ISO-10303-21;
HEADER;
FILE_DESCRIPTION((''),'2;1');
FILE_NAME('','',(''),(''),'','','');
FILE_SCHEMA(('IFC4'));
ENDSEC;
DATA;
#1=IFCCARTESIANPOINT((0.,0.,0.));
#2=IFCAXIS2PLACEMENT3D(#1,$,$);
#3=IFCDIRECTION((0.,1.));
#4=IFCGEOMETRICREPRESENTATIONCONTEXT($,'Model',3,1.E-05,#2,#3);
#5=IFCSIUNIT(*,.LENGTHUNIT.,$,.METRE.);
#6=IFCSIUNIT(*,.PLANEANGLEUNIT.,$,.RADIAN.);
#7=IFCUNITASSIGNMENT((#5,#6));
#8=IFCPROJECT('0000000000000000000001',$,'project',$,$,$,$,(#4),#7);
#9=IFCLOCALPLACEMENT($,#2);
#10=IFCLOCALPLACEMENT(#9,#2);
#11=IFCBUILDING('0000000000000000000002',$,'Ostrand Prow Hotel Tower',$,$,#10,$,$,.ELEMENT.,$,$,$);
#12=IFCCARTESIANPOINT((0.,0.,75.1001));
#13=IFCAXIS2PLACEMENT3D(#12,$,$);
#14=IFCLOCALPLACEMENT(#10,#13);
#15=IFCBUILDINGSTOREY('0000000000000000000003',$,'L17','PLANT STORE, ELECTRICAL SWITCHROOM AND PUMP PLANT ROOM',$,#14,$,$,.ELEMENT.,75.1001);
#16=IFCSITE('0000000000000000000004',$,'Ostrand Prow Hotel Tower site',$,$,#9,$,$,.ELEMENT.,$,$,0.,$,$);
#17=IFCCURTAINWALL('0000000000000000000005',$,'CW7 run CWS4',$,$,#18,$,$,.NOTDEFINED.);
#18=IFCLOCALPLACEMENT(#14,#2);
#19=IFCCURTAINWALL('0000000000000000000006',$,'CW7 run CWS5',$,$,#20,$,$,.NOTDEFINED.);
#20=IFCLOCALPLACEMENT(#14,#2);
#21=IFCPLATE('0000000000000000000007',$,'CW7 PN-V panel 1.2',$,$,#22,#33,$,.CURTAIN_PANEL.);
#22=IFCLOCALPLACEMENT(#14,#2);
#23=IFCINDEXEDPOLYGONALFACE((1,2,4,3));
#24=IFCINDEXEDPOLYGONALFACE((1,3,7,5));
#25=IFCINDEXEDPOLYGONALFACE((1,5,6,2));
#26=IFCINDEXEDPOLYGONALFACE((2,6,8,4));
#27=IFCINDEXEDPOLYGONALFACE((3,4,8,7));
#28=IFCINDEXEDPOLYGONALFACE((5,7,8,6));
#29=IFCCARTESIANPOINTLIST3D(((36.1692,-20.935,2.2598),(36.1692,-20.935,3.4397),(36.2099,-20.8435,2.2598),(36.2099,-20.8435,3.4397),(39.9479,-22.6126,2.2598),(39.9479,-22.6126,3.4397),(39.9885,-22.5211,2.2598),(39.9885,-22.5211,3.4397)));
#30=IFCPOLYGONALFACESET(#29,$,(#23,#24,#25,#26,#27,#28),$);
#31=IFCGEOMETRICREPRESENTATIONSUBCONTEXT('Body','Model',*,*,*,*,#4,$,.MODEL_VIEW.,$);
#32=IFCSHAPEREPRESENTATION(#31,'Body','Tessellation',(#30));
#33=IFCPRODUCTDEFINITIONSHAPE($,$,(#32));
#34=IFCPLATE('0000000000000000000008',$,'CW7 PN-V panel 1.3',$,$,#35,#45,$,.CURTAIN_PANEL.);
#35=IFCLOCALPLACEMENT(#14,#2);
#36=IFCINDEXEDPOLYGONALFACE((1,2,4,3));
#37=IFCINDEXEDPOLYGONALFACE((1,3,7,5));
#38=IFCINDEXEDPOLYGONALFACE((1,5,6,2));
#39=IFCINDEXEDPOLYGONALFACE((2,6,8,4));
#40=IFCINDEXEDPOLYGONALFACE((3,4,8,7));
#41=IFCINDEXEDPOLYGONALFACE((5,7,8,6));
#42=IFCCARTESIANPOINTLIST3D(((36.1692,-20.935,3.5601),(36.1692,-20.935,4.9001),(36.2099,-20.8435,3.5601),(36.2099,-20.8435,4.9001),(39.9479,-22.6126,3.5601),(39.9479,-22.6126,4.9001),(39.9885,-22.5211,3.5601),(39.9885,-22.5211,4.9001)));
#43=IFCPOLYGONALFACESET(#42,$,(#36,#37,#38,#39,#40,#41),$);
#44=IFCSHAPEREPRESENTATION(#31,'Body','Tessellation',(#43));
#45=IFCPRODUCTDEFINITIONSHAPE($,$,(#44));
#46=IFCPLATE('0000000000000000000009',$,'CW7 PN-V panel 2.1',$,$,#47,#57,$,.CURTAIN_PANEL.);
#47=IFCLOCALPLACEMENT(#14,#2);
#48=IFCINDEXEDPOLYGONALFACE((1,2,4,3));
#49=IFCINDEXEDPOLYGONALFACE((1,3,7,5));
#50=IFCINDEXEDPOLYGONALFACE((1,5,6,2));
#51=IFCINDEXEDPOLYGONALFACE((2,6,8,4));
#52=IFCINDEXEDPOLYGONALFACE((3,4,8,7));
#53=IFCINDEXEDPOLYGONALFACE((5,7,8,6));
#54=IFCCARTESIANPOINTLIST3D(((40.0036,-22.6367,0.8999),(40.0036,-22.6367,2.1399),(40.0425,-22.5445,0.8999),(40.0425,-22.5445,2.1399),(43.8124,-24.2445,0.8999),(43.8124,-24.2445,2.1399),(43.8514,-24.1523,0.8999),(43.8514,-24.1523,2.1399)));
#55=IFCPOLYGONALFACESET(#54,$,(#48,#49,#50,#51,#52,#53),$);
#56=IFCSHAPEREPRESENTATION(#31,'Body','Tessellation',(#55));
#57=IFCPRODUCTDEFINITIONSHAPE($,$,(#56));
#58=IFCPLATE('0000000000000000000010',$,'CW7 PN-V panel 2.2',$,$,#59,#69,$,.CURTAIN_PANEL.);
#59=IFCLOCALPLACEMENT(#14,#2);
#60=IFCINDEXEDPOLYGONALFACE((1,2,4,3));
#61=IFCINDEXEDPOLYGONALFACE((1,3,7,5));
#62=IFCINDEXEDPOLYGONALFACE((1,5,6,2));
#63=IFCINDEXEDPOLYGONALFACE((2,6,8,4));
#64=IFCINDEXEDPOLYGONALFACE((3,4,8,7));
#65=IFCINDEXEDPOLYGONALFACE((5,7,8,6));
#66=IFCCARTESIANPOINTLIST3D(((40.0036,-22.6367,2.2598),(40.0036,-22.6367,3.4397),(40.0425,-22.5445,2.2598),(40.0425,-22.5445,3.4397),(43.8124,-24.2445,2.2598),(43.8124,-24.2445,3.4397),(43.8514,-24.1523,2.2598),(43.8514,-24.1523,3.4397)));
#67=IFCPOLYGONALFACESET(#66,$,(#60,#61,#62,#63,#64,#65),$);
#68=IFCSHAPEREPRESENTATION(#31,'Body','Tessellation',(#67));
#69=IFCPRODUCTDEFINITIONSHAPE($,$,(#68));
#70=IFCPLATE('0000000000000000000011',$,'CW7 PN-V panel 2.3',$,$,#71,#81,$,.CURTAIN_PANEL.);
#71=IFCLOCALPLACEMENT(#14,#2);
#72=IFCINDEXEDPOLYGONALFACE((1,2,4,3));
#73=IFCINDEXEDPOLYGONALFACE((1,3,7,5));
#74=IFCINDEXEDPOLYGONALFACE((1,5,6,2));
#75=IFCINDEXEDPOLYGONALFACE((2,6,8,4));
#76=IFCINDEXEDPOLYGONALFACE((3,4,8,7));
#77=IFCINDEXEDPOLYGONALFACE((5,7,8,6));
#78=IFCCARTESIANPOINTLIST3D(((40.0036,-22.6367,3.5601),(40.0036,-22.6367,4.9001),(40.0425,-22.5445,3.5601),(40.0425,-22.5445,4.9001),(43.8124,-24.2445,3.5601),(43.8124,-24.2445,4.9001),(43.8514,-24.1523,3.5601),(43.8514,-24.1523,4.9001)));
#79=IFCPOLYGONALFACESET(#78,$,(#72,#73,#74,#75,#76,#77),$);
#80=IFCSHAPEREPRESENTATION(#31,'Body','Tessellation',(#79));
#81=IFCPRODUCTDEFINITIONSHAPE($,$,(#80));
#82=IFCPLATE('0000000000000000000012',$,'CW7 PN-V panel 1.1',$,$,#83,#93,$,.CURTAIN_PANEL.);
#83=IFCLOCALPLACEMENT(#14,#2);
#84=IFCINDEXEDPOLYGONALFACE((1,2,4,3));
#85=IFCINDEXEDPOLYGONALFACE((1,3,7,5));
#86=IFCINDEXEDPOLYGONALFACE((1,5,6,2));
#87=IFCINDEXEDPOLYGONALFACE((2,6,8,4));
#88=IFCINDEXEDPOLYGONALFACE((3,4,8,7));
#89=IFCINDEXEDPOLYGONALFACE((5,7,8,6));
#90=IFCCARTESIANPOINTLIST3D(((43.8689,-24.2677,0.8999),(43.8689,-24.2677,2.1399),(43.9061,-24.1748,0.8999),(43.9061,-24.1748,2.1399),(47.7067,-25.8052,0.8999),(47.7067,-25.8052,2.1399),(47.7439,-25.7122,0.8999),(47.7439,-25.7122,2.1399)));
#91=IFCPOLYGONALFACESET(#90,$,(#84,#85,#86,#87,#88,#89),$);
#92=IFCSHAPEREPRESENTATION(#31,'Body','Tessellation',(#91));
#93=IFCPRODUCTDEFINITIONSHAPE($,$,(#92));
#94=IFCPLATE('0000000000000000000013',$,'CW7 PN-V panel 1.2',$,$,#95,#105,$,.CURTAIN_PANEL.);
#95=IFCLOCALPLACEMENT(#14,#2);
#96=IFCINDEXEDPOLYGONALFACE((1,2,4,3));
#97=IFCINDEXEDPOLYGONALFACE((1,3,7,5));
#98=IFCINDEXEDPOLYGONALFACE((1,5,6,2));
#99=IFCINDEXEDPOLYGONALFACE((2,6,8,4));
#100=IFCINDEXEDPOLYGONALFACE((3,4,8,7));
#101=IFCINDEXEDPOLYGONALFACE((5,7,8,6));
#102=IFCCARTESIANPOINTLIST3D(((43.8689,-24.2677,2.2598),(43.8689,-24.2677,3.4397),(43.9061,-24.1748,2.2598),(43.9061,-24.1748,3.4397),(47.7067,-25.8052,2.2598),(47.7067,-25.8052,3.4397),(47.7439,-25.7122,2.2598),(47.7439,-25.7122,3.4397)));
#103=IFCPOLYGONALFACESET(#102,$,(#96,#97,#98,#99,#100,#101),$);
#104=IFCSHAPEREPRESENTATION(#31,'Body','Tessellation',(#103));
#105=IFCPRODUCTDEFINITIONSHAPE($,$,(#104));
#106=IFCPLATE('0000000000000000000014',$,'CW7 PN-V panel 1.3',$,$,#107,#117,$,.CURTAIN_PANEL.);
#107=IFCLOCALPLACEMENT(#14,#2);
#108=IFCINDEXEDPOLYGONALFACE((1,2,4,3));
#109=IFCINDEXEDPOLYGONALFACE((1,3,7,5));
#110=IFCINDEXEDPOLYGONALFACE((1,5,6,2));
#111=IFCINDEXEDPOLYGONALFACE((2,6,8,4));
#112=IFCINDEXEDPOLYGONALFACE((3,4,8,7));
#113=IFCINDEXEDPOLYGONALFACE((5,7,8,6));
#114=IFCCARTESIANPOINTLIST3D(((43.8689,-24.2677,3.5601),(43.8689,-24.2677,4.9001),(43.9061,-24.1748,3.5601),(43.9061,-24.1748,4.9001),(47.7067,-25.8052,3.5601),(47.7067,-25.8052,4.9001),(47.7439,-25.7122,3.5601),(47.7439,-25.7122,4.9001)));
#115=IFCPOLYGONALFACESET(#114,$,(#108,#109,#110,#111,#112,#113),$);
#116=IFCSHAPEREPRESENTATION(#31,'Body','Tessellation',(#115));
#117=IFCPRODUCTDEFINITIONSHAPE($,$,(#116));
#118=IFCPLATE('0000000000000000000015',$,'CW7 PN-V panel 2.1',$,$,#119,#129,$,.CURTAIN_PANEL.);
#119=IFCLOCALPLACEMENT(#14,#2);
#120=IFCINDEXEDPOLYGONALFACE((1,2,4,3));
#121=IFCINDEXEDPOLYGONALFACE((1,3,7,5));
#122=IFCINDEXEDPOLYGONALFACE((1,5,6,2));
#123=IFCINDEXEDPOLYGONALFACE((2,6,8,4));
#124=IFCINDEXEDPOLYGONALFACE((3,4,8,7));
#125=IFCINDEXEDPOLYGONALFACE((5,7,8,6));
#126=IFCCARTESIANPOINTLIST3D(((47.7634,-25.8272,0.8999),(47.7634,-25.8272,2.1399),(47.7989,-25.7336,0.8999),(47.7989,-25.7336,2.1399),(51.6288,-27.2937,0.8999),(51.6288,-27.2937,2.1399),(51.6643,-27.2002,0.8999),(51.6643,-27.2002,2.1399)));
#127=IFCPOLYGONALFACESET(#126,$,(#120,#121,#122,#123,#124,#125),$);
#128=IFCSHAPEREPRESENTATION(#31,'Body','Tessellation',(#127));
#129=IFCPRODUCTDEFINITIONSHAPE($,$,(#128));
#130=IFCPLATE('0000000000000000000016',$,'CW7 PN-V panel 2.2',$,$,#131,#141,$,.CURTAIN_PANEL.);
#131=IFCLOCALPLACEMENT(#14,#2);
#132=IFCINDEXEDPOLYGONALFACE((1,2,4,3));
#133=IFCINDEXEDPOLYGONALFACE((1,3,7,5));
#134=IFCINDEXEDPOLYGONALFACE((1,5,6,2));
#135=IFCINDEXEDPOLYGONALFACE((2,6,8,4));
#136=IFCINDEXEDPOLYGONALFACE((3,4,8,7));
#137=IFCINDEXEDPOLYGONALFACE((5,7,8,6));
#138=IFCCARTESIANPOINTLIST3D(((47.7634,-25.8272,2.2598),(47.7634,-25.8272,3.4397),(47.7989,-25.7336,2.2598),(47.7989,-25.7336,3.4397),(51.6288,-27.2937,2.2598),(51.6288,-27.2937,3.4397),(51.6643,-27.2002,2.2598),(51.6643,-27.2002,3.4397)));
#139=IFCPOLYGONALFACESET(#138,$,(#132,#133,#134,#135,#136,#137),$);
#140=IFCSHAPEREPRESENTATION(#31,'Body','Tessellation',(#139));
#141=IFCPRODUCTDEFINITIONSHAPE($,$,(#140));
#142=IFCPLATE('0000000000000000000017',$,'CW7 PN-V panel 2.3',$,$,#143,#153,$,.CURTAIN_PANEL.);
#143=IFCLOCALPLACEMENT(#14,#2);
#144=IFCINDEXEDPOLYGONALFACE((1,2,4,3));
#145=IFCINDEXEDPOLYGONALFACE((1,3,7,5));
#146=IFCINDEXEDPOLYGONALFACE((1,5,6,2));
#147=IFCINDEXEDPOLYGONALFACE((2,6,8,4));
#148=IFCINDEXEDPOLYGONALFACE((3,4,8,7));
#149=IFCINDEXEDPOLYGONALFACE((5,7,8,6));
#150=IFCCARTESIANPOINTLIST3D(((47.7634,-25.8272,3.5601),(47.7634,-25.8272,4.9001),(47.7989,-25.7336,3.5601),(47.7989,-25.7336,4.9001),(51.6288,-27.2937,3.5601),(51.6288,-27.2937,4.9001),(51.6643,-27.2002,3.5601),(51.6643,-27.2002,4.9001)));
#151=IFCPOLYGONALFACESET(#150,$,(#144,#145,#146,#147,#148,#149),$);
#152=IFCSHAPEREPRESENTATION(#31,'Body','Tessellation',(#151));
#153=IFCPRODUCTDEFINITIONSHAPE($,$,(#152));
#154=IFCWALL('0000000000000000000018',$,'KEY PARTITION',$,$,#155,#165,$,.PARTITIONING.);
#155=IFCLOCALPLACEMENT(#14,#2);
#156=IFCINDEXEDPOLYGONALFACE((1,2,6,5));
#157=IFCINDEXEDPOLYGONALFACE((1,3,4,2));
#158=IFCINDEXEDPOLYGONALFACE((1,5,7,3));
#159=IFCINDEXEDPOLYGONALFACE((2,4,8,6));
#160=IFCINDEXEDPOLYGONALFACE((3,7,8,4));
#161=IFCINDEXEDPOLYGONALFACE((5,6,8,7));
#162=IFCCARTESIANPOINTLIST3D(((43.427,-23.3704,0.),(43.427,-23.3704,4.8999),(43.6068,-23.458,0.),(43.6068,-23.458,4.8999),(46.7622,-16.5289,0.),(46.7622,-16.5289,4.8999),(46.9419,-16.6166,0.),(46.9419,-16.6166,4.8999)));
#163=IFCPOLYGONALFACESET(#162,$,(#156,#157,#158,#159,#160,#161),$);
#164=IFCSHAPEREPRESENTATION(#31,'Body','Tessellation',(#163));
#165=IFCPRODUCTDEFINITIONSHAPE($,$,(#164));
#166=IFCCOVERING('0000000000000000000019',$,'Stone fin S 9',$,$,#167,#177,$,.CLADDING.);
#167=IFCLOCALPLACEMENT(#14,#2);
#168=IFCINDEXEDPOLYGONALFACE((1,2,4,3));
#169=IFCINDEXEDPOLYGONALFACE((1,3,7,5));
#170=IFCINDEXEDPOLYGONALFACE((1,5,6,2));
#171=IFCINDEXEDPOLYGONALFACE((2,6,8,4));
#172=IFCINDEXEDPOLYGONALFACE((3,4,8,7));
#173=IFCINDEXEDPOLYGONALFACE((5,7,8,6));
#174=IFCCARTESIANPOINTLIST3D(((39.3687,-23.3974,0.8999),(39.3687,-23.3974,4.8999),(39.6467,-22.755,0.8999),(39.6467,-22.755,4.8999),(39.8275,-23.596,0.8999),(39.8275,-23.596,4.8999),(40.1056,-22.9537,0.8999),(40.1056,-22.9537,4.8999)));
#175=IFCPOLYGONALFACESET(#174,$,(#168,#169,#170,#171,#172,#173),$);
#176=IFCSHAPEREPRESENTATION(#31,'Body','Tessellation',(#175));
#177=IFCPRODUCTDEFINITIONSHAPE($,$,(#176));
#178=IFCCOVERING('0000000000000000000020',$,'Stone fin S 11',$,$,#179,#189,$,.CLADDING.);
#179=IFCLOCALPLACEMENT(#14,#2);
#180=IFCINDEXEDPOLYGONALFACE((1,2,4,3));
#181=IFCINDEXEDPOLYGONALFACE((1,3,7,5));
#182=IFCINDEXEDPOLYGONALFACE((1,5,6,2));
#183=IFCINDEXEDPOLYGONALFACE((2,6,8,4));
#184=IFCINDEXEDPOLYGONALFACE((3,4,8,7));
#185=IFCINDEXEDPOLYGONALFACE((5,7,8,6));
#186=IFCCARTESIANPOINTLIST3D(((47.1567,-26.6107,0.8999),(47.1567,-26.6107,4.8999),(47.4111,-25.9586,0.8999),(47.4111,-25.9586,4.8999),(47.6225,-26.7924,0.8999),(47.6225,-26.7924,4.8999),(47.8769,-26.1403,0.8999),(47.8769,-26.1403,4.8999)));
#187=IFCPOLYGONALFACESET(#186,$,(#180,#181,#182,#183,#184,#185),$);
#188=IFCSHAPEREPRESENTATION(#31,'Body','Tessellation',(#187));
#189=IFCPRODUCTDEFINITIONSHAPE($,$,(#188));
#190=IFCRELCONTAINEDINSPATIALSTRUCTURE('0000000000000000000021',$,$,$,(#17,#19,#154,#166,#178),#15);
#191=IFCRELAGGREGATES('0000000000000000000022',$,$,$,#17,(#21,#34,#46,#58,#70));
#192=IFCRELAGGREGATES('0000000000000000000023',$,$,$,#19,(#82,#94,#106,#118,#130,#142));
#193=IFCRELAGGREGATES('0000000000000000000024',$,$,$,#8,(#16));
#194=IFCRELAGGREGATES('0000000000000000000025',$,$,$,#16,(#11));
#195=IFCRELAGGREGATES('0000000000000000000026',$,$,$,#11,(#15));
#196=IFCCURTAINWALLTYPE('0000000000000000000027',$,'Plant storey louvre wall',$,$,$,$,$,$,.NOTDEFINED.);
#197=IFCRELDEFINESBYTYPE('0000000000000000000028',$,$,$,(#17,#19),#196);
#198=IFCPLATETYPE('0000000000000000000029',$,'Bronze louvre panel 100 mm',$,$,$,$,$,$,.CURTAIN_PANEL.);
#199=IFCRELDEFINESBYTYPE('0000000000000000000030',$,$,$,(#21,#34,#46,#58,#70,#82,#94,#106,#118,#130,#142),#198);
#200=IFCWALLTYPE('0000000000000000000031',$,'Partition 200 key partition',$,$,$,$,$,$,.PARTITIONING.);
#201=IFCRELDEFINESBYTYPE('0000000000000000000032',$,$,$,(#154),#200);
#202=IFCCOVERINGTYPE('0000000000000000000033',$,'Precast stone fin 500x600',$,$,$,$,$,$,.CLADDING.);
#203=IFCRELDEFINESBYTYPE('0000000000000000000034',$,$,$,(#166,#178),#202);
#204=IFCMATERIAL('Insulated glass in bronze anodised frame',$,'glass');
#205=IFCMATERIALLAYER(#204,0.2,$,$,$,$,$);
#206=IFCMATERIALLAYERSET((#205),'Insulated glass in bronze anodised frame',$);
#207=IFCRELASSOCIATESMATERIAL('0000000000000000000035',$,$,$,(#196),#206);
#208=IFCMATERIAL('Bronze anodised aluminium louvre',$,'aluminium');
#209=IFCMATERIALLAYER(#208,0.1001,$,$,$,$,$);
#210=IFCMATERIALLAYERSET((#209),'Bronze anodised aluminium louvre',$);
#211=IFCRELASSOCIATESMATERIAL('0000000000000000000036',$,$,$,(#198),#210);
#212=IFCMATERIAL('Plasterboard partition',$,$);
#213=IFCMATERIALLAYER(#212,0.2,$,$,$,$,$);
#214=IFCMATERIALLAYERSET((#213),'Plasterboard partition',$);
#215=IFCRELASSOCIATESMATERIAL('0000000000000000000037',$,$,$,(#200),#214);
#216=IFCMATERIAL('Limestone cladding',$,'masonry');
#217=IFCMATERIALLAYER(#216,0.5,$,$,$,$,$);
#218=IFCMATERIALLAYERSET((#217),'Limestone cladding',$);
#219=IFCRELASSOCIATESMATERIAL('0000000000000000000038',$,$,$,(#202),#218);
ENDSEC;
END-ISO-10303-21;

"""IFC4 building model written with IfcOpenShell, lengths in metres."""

from ifc_helpers import new_model, si_unit, direction, frame, frame_2d, origin, origin_2d, place, context, subcontext, project, spatial, rectangle, extrude, material, layer, layer_set, type_object, element, aggregate, save


model = new_model("IFC4")

# Units and contexts
model_context = context("Model", 3, precision=1e-05, world=origin(), true_north=direction((0.0, 1.0)))
body_context = subcontext(model_context, "Body", "Model", "MODEL_VIEW")
ifc_project = project(units=[si_unit("LENGTHUNIT", "METRE"), si_unit("PLANEANGLEUNIT", "RADIAN")], contexts=[model_context])

# Site, building, storey
site_placement = place(None, origin())
site = spatial("IfcSite", under=ifc_project, at=site_placement, Name="Ostrand Prow Hotel Tower site", CompositionType="ELEMENT", RefElevation=0.0)
building_placement = place(site_placement, origin())
building = spatial("IfcBuilding", under=site, at=building_placement, Name="Ostrand Prow Hotel Tower", CompositionType="ELEMENT")
storey_placement = place(building_placement, frame((0.0, 0.0, 75.1001)))
storey = spatial("IfcBuildingStorey", under=building, at=storey_placement, Name="L17", Description="PLANT STORE, ELECTRICAL SWITCHROOM AND PUMP PLANT ROOM", CompositionType="ELEMENT", Elevation=75.1001)

# Curtain wall
ifc_material_1 = material(Name="Insulated glass in bronze anodised frame", Category="glass")
ifc_layer_1 = layer(ifc_material_1, 0.2)
ifc_layer_set_1 = layer_set([ifc_layer_1], Name="Insulated glass in bronze anodised frame")
curtain_wall_type = type_object("IfcCurtainWallType", Name="Plant storey louvre wall", PredefinedType="NOTDEFINED", material=ifc_layer_set_1)
curtain_wall_1_placement = place(storey_placement, origin())
curtain_wall_1 = element("IfcCurtainWall", 1, at=curtain_wall_1_placement, inside=storey, type_object=curtain_wall_type, Name="CW7 run CWS4", PredefinedType="NOTDEFINED")

# Curtain wall
curtain_wall_2_placement = place(storey_placement, origin())
curtain_wall_2 = element("IfcCurtainWall", 2, at=curtain_wall_2_placement, inside=storey, type_object=curtain_wall_type, Name="CW7 run CWS5", PredefinedType="NOTDEFINED")

# Plates
ifc_material_2 = material(Name="Bronze anodised aluminium louvre", Category="aluminium")
ifc_layer_2 = layer(ifc_material_2, 0.1001)
ifc_layer_set_2 = layer_set([ifc_layer_2], Name="Bronze anodised aluminium louvre")
plate_type = type_object("IfcPlateType", Name="Bronze louvre panel 100 mm", PredefinedType="CURTAIN_PANEL", material=ifc_layer_set_2)
plate_1_placement = place(storey_placement, frame((38.0789, -21.728, 2.2598), z_axis=(0.0, 0.0, 1.0), x_axis=(0.913971, -0.40578, 0.0)))
plate_1 = element("IfcPlate", 3, at=plate_1_placement, type_object=plate_type, Name="CW7 PN-V panel 1.2", PredefinedType="CURTAIN_PANEL", context=body_context, shape_type="SweptSolid", body=[
    extrude(rectangle(XDim=4.1343, YDim=0.1001, at=origin_2d()), origin(), (0.0, 0.0, 1.0), 1.1799),
])
plate_2_placement = place(storey_placement, frame((38.0789, -21.728, 3.5601), z_axis=(0.0, 0.0, 1.0), x_axis=(0.913971, -0.40578, 0.0)))
plate_2 = element("IfcPlate", 4, at=plate_2_placement, type_object=plate_type, Name="CW7 PN-V panel 1.3", PredefinedType="CURTAIN_PANEL", context=body_context, shape_type="SweptSolid", body=[
    extrude(rectangle(XDim=4.1343, YDim=0.1001, at=origin_2d()), origin(), (0.0, 0.0, 1.0), 1.3401),
])
plate_3_placement = place(storey_placement, frame((41.9275, -23.3945, 0.8999), z_axis=(0.0, 0.0, 1.0), x_axis=(0.921283, -0.388892, 0.0)))
plate_3 = element("IfcPlate", 5, at=plate_3_placement, type_object=plate_type, Name="CW7 PN-V panel 2.1", PredefinedType="CURTAIN_PANEL", context=body_context, shape_type="SweptSolid", body=[
    extrude(rectangle(XDim=4.1343, YDim=0.1001, at=origin_2d()), origin(), (0.0, 0.0, 1.0), 1.24),
])
plate_4_placement = place(storey_placement, frame((41.9275, -23.3945, 2.2598), z_axis=(0.0, 0.0, 1.0), x_axis=(0.921283, -0.388892, 0.0)))
plate_4 = element("IfcPlate", 6, at=plate_4_placement, type_object=plate_type, Name="CW7 PN-V panel 2.2", PredefinedType="CURTAIN_PANEL", context=body_context, shape_type="SweptSolid", body=[
    extrude(rectangle(XDim=4.1343, YDim=0.1001, at=origin_2d()), origin(), (0.0, 0.0, 1.0), 1.1799),
])
plate_5_placement = place(storey_placement, frame((41.9275, -23.3945, 3.5601), z_axis=(0.0, 0.0, 1.0), x_axis=(0.921283, -0.388892, 0.0)))
plate_5 = element("IfcPlate", 7, at=plate_5_placement, type_object=plate_type, Name="CW7 PN-V panel 2.3", PredefinedType="CURTAIN_PANEL", context=body_context, shape_type="SweptSolid", body=[
    extrude(rectangle(XDim=4.1343, YDim=0.1001, at=origin_2d()), origin(), (0.0, 0.0, 1.0), 1.3401),
])
aggregate(curtain_wall_1, [plate_1, plate_2, plate_3, plate_4, plate_5])
plate_6_placement = place(storey_placement, frame((45.8064, -24.99, 0.8999), z_axis=(0.0, 0.0, 1.0), x_axis=(0.928283, -0.371873, 0.0)))
plate_6 = element("IfcPlate", 8, at=plate_6_placement, type_object=plate_type, Name="CW7 PN-V panel 1.1", PredefinedType="CURTAIN_PANEL", context=body_context, shape_type="SweptSolid", body=[
    extrude(rectangle(XDim=4.1343, YDim=0.1001, at=origin_2d()), origin(), (0.0, 0.0, 1.0), 1.24),
])
plate_7_placement = place(storey_placement, frame((45.8064, -24.99, 2.2598), z_axis=(0.0, 0.0, 1.0), x_axis=(0.928283, -0.371873, 0.0)))
plate_7 = element("IfcPlate", 9, at=plate_7_placement, type_object=plate_type, Name="CW7 PN-V panel 1.2", PredefinedType="CURTAIN_PANEL", context=body_context, shape_type="SweptSolid", body=[
    extrude(rectangle(XDim=4.1343, YDim=0.1001, at=origin_2d()), origin(), (0.0, 0.0, 1.0), 1.1799),
])
plate_8_placement = place(storey_placement, frame((45.8064, -24.99, 3.5601), z_axis=(0.0, 0.0, 1.0), x_axis=(0.928283, -0.371873, 0.0)))
plate_8 = element("IfcPlate", 10, at=plate_8_placement, type_object=plate_type, Name="CW7 PN-V panel 1.3", PredefinedType="CURTAIN_PANEL", context=body_context, shape_type="SweptSolid", body=[
    extrude(rectangle(XDim=4.1343, YDim=0.1001, at=origin_2d()), origin(), (0.0, 0.0, 1.0), 1.3401),
])
plate_9_placement = place(storey_placement, frame((49.7139, -26.5137, 0.8999), z_axis=(0.0, 0.0, 1.0), x_axis=(0.934969, -0.354728, 0.0)))
plate_9 = element("IfcPlate", 11, at=plate_9_placement, type_object=plate_type, Name="CW7 PN-V panel 2.1", PredefinedType="CURTAIN_PANEL", context=body_context, shape_type="SweptSolid", body=[
    extrude(rectangle(XDim=4.1343, YDim=0.1001, at=origin_2d()), origin(), (0.0, 0.0, 1.0), 1.24),
])
plate_10_placement = place(storey_placement, frame((49.7139, -26.5137, 2.2598), z_axis=(0.0, 0.0, 1.0), x_axis=(0.934969, -0.354728, 0.0)))
plate_10 = element("IfcPlate", 12, at=plate_10_placement, type_object=plate_type, Name="CW7 PN-V panel 2.2", PredefinedType="CURTAIN_PANEL", context=body_context, shape_type="SweptSolid", body=[
    extrude(rectangle(XDim=4.1343, YDim=0.1001, at=origin_2d()), origin(), (0.0, 0.0, 1.0), 1.1799),
])
plate_11_placement = place(storey_placement, frame((49.7139, -26.5137, 3.5601), z_axis=(0.0, 0.0, 1.0), x_axis=(0.934969, -0.354728, 0.0)))
plate_11 = element("IfcPlate", 13, at=plate_11_placement, type_object=plate_type, Name="CW7 PN-V panel 2.3", PredefinedType="CURTAIN_PANEL", context=body_context, shape_type="SweptSolid", body=[
    extrude(rectangle(XDim=4.1343, YDim=0.1001, at=origin_2d()), origin(), (0.0, 0.0, 1.0), 1.3401),
])
aggregate(curtain_wall_2, [plate_6, plate_7, plate_8, plate_9, plate_10, plate_11])

# Wall
ifc_material_3 = material(Name="Plasterboard partition")
ifc_layer_3 = layer(ifc_material_3, 0.2)
ifc_layer_set_3 = layer_set([ifc_layer_3], Name="Plasterboard partition")
wall_type = type_object("IfcWallType", Name="Partition 200 key partition", PredefinedType="PARTITIONING", material=ifc_layer_set_3)
wall_placement = place(storey_placement, frame((43.5168, -23.4143, 0.0), z_axis=(0.0, 0.0, 1.0), x_axis=(0.438197, 0.898879, 0.0)))
element("IfcWall", 14, at=wall_placement, inside=storey, type_object=wall_type, Name="KEY PARTITION", PredefinedType="PARTITIONING", context=body_context, shape_type="SweptSolid", body=[
    extrude(rectangle(XDim=7.6111, YDim=0.2, at=frame_2d((3.8057, 0.0))), origin(), (0.0, 0.0, 1.0), 4.8999),
])

# Coverings
ifc_material_4 = material(Name="Limestone cladding", Category="masonry")
ifc_layer_4 = layer(ifc_material_4, 0.5)
ifc_layer_set_4 = layer_set([ifc_layer_4], Name="Limestone cladding")
covering_type = type_object("IfcCoveringType", Name="Precast stone fin 500x600", PredefinedType="CLADDING", material=ifc_layer_set_4)
for number, where, z_axis, x_axis, name in (
    (15, (39.8762, -22.8542, 0.8999), (0.0, 0.0, 1.0), (-0.397284, -0.917696, 0.0), "Stone fin S 9"),
    (16, (47.644, -26.0493, 0.8999), (0.0, 0.0, 1.0), (-0.363439, -0.931618, 0.0), "Stone fin S 11"),
):
    element("IfcCovering", number, at=place(storey_placement, frame(where, z_axis=z_axis, x_axis=x_axis)), inside=storey, type_object=covering_type, Name=name, PredefinedType="CLADDING", context=body_context, shape_type="SweptSolid", body=[
        extrude(rectangle(XDim=0.7, YDim=0.5, at=frame_2d((0.3501, 0.0))), origin(), (0.0, 0.0, 1.0), 4.0),
    ])

save(model, "model.ifc")
